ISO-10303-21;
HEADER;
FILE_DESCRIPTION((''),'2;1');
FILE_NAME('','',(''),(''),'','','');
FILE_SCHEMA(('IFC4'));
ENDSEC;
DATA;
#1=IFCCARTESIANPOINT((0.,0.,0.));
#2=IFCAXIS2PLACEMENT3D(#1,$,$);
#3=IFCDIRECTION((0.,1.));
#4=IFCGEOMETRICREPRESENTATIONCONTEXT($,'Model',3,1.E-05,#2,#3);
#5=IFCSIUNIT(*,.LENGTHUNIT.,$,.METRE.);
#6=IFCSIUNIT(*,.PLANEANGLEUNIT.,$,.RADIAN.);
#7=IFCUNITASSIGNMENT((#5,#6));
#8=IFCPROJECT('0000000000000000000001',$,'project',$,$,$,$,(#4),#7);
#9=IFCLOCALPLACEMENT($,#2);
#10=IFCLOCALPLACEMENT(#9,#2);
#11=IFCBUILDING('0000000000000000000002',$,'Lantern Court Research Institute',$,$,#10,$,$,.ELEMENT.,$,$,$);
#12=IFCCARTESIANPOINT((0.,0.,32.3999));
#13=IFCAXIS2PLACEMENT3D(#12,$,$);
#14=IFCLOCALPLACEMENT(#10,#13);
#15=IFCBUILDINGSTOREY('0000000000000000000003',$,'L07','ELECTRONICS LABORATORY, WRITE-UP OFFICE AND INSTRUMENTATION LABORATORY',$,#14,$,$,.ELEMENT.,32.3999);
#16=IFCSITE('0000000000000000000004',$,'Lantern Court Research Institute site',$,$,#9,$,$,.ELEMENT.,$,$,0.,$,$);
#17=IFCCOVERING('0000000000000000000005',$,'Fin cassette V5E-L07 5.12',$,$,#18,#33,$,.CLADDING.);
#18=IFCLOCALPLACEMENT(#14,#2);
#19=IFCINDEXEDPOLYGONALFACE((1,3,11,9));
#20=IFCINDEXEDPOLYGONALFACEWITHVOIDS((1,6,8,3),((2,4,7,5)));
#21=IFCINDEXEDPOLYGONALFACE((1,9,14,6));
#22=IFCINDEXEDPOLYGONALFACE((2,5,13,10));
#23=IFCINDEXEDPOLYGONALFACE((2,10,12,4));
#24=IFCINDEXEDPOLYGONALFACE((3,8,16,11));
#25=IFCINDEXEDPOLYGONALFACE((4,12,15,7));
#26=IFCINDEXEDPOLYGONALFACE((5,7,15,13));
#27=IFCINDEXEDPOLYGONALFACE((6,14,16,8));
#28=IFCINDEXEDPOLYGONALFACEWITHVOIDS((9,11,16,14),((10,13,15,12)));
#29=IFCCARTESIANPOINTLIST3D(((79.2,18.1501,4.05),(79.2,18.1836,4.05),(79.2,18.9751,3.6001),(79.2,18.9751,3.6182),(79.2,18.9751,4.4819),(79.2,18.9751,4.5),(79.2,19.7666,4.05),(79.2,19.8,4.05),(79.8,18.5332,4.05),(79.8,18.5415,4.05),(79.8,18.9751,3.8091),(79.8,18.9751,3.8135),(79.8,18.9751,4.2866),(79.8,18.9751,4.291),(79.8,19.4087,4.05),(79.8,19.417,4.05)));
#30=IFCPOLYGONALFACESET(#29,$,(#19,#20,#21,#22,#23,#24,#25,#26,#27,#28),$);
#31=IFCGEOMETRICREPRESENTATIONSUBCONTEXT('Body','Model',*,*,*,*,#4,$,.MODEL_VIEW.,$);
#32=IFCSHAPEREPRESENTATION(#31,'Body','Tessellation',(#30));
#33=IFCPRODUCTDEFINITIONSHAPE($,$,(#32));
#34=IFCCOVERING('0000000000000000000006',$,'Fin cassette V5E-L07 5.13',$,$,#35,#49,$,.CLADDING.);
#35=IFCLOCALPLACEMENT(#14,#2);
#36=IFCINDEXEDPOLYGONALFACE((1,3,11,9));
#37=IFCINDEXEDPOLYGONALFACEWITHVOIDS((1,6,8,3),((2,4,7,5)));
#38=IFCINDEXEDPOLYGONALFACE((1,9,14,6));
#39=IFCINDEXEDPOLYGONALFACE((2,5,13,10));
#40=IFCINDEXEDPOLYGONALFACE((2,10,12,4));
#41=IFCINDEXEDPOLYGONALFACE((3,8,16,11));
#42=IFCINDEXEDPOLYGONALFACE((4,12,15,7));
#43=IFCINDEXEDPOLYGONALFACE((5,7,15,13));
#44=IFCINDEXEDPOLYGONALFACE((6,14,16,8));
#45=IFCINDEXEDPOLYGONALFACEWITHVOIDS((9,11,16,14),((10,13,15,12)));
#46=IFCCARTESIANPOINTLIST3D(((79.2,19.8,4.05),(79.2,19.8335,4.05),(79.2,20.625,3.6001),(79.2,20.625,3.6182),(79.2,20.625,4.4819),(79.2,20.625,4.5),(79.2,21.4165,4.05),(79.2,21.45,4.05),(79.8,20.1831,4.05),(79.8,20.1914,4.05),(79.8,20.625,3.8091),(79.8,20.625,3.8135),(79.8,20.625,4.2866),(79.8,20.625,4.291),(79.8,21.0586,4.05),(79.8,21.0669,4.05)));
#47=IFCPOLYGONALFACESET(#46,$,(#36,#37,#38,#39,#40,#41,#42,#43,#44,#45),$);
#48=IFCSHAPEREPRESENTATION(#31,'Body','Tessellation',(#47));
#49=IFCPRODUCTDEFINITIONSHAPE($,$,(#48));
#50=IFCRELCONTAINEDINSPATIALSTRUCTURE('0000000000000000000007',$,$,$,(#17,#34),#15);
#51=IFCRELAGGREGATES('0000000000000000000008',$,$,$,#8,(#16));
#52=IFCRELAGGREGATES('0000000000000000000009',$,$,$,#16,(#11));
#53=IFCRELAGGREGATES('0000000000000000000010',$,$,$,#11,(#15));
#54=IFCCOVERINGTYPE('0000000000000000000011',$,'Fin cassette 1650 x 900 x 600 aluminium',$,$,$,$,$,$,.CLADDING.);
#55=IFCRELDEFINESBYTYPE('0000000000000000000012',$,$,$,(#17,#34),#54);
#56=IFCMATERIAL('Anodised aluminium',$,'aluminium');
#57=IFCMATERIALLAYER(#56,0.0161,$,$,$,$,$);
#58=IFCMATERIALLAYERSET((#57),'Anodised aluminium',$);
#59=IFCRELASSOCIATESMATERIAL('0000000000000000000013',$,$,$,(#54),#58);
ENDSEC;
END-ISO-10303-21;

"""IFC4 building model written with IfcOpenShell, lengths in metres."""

from ifc_helpers import new_model, entity, si_unit, direction, frame, origin, place, context, subcontext, project, spatial, material, layer, layer_set, type_object, element, save


model = new_model("IFC4")

# Units and contexts
model_context = context("Model", 3, precision=1e-05, world=origin(), true_north=direction((0.0, 1.0)))
body_context = subcontext(model_context, "Body", "Model", "MODEL_VIEW")
ifc_project = project(units=[si_unit("LENGTHUNIT", "METRE"), si_unit("PLANEANGLEUNIT", "RADIAN")], contexts=[model_context])

# Site, building, storey
site_placement = place(None, origin())
site = spatial("IfcSite", under=ifc_project, at=site_placement, Name="Lantern Court Research Institute site", CompositionType="ELEMENT", RefElevation=0.0)
building_placement = place(site_placement, origin())
building = spatial("IfcBuilding", under=site, at=building_placement, Name="Lantern Court Research Institute", CompositionType="ELEMENT")
storey_placement = place(building_placement, frame((0.0, 0.0, 32.3999)))
storey = spatial("IfcBuildingStorey", under=building, at=storey_placement, Name="L07", Description="ELECTRONICS LABORATORY, WRITE-UP OFFICE AND INSTRUMENTATION LABORATORY", CompositionType="ELEMENT", Elevation=32.3999)

# Coverings
ifc_material_1 = material(Name="Anodised aluminium", Category="aluminium")
ifc_layer_1 = layer(ifc_material_1, 0.0161)
ifc_layer_set_1 = layer_set([ifc_layer_1], Name="Anodised aluminium")
covering_type = type_object("IfcCoveringType", Name="Fin cassette 1650 x 900 x 600 aluminium", PredefinedType="CLADDING", material=ifc_layer_set_1)
covering_1_placement = place(storey_placement, frame((79.2, 18.9751, 4.05), z_axis=(1.0, 0.0, 0.0), x_axis=(0.0, 1.0, 0.0)))
cartesian_point_1 = entity("IfcCartesianPoint", [0.825, 0.0])
cartesian_point_2 = entity("IfcCartesianPoint", [0.7915, 0.0])
cartesian_point_3 = entity("IfcCartesianPoint", [0.4419, 0.0])
cartesian_point_4 = entity("IfcCartesianPoint", [0.4336, 0.0])
element("IfcCovering", 1, at=covering_1_placement, inside=storey, type_object=covering_type, Name="Fin cassette V5E-L07 5.12", PredefinedType="CLADDING", context=body_context, shape_type="SweptSolid", body=[
    entity("IfcExtrudedAreaSolidTapered", entity("IfcArbitraryProfileDefWithVoids", "AREA", None, entity("IfcPolyline", [cartesian_point_1, entity("IfcCartesianPoint", [0.0, 0.45]), entity("IfcCartesianPoint", [-0.825, 0.0]), entity("IfcCartesianPoint", [0.0, -0.45]), cartesian_point_1]), [entity("IfcPolyline", [cartesian_point_2, entity("IfcCartesianPoint", [0.0, 0.4319]), entity("IfcCartesianPoint", [-0.7915, 0.0]), entity("IfcCartesianPoint", [0.0, -0.4319]), cartesian_point_2])]), entity("IfcAxis2Placement3D", entity("IfcCartesianPoint", [0.0, 0.0, 0.0])), entity("IfcDirection", [0.0, 0.0, 1.0]), 0.6001, entity("IfcArbitraryProfileDefWithVoids", "AREA", None, entity("IfcPolyline", [cartesian_point_3, entity("IfcCartesianPoint", [0.0, 0.241]), entity("IfcCartesianPoint", [-0.4419, 0.0]), entity("IfcCartesianPoint", [0.0, -0.241]), cartesian_point_3]), [entity("IfcPolyline", [cartesian_point_4, entity("IfcCartesianPoint", [0.0, 0.2366]), entity("IfcCartesianPoint", [-0.4336, 0.0]), entity("IfcCartesianPoint", [0.0, -0.2366]), cartesian_point_4])])),
])
covering_2_placement = place(storey_placement, frame((79.2, 20.625, 4.05), z_axis=(1.0, 0.0, 0.0), x_axis=(0.0, 1.0, 0.0)))
cartesian_point_5 = entity("IfcCartesianPoint", [0.825, 0.0])
cartesian_point_6 = entity("IfcCartesianPoint", [0.7915, 0.0])
cartesian_point_7 = entity("IfcCartesianPoint", [0.4419, 0.0])
cartesian_point_8 = entity("IfcCartesianPoint", [0.4336, 0.0])
element("IfcCovering", 2, at=covering_2_placement, inside=storey, type_object=covering_type, Name="Fin cassette V5E-L07 5.13", PredefinedType="CLADDING", context=body_context, shape_type="SweptSolid", body=[
    entity("IfcExtrudedAreaSolidTapered", entity("IfcArbitraryProfileDefWithVoids", "AREA", None, entity("IfcPolyline", [cartesian_point_5, entity("IfcCartesianPoint", [0.0, 0.45]), entity("IfcCartesianPoint", [-0.825, 0.0]), entity("IfcCartesianPoint", [0.0, -0.45]), cartesian_point_5]), [entity("IfcPolyline", [cartesian_point_6, entity("IfcCartesianPoint", [0.0, 0.4319]), entity("IfcCartesianPoint", [-0.7915, 0.0]), entity("IfcCartesianPoint", [0.0, -0.4319]), cartesian_point_6])]), entity("IfcAxis2Placement3D", entity("IfcCartesianPoint", [0.0, 0.0, 0.0])), entity("IfcDirection", [0.0, 0.0, 1.0]), 0.6001, entity("IfcArbitraryProfileDefWithVoids", "AREA", None, entity("IfcPolyline", [cartesian_point_7, entity("IfcCartesianPoint", [0.0, 0.241]), entity("IfcCartesianPoint", [-0.4419, 0.0]), entity("IfcCartesianPoint", [0.0, -0.241]), cartesian_point_7]), [entity("IfcPolyline", [cartesian_point_8, entity("IfcCartesianPoint", [0.0, 0.2366]), entity("IfcCartesianPoint", [-0.4336, 0.0]), entity("IfcCartesianPoint", [0.0, -0.2366]), cartesian_point_8])])),
])

save(model, "model.ifc")
